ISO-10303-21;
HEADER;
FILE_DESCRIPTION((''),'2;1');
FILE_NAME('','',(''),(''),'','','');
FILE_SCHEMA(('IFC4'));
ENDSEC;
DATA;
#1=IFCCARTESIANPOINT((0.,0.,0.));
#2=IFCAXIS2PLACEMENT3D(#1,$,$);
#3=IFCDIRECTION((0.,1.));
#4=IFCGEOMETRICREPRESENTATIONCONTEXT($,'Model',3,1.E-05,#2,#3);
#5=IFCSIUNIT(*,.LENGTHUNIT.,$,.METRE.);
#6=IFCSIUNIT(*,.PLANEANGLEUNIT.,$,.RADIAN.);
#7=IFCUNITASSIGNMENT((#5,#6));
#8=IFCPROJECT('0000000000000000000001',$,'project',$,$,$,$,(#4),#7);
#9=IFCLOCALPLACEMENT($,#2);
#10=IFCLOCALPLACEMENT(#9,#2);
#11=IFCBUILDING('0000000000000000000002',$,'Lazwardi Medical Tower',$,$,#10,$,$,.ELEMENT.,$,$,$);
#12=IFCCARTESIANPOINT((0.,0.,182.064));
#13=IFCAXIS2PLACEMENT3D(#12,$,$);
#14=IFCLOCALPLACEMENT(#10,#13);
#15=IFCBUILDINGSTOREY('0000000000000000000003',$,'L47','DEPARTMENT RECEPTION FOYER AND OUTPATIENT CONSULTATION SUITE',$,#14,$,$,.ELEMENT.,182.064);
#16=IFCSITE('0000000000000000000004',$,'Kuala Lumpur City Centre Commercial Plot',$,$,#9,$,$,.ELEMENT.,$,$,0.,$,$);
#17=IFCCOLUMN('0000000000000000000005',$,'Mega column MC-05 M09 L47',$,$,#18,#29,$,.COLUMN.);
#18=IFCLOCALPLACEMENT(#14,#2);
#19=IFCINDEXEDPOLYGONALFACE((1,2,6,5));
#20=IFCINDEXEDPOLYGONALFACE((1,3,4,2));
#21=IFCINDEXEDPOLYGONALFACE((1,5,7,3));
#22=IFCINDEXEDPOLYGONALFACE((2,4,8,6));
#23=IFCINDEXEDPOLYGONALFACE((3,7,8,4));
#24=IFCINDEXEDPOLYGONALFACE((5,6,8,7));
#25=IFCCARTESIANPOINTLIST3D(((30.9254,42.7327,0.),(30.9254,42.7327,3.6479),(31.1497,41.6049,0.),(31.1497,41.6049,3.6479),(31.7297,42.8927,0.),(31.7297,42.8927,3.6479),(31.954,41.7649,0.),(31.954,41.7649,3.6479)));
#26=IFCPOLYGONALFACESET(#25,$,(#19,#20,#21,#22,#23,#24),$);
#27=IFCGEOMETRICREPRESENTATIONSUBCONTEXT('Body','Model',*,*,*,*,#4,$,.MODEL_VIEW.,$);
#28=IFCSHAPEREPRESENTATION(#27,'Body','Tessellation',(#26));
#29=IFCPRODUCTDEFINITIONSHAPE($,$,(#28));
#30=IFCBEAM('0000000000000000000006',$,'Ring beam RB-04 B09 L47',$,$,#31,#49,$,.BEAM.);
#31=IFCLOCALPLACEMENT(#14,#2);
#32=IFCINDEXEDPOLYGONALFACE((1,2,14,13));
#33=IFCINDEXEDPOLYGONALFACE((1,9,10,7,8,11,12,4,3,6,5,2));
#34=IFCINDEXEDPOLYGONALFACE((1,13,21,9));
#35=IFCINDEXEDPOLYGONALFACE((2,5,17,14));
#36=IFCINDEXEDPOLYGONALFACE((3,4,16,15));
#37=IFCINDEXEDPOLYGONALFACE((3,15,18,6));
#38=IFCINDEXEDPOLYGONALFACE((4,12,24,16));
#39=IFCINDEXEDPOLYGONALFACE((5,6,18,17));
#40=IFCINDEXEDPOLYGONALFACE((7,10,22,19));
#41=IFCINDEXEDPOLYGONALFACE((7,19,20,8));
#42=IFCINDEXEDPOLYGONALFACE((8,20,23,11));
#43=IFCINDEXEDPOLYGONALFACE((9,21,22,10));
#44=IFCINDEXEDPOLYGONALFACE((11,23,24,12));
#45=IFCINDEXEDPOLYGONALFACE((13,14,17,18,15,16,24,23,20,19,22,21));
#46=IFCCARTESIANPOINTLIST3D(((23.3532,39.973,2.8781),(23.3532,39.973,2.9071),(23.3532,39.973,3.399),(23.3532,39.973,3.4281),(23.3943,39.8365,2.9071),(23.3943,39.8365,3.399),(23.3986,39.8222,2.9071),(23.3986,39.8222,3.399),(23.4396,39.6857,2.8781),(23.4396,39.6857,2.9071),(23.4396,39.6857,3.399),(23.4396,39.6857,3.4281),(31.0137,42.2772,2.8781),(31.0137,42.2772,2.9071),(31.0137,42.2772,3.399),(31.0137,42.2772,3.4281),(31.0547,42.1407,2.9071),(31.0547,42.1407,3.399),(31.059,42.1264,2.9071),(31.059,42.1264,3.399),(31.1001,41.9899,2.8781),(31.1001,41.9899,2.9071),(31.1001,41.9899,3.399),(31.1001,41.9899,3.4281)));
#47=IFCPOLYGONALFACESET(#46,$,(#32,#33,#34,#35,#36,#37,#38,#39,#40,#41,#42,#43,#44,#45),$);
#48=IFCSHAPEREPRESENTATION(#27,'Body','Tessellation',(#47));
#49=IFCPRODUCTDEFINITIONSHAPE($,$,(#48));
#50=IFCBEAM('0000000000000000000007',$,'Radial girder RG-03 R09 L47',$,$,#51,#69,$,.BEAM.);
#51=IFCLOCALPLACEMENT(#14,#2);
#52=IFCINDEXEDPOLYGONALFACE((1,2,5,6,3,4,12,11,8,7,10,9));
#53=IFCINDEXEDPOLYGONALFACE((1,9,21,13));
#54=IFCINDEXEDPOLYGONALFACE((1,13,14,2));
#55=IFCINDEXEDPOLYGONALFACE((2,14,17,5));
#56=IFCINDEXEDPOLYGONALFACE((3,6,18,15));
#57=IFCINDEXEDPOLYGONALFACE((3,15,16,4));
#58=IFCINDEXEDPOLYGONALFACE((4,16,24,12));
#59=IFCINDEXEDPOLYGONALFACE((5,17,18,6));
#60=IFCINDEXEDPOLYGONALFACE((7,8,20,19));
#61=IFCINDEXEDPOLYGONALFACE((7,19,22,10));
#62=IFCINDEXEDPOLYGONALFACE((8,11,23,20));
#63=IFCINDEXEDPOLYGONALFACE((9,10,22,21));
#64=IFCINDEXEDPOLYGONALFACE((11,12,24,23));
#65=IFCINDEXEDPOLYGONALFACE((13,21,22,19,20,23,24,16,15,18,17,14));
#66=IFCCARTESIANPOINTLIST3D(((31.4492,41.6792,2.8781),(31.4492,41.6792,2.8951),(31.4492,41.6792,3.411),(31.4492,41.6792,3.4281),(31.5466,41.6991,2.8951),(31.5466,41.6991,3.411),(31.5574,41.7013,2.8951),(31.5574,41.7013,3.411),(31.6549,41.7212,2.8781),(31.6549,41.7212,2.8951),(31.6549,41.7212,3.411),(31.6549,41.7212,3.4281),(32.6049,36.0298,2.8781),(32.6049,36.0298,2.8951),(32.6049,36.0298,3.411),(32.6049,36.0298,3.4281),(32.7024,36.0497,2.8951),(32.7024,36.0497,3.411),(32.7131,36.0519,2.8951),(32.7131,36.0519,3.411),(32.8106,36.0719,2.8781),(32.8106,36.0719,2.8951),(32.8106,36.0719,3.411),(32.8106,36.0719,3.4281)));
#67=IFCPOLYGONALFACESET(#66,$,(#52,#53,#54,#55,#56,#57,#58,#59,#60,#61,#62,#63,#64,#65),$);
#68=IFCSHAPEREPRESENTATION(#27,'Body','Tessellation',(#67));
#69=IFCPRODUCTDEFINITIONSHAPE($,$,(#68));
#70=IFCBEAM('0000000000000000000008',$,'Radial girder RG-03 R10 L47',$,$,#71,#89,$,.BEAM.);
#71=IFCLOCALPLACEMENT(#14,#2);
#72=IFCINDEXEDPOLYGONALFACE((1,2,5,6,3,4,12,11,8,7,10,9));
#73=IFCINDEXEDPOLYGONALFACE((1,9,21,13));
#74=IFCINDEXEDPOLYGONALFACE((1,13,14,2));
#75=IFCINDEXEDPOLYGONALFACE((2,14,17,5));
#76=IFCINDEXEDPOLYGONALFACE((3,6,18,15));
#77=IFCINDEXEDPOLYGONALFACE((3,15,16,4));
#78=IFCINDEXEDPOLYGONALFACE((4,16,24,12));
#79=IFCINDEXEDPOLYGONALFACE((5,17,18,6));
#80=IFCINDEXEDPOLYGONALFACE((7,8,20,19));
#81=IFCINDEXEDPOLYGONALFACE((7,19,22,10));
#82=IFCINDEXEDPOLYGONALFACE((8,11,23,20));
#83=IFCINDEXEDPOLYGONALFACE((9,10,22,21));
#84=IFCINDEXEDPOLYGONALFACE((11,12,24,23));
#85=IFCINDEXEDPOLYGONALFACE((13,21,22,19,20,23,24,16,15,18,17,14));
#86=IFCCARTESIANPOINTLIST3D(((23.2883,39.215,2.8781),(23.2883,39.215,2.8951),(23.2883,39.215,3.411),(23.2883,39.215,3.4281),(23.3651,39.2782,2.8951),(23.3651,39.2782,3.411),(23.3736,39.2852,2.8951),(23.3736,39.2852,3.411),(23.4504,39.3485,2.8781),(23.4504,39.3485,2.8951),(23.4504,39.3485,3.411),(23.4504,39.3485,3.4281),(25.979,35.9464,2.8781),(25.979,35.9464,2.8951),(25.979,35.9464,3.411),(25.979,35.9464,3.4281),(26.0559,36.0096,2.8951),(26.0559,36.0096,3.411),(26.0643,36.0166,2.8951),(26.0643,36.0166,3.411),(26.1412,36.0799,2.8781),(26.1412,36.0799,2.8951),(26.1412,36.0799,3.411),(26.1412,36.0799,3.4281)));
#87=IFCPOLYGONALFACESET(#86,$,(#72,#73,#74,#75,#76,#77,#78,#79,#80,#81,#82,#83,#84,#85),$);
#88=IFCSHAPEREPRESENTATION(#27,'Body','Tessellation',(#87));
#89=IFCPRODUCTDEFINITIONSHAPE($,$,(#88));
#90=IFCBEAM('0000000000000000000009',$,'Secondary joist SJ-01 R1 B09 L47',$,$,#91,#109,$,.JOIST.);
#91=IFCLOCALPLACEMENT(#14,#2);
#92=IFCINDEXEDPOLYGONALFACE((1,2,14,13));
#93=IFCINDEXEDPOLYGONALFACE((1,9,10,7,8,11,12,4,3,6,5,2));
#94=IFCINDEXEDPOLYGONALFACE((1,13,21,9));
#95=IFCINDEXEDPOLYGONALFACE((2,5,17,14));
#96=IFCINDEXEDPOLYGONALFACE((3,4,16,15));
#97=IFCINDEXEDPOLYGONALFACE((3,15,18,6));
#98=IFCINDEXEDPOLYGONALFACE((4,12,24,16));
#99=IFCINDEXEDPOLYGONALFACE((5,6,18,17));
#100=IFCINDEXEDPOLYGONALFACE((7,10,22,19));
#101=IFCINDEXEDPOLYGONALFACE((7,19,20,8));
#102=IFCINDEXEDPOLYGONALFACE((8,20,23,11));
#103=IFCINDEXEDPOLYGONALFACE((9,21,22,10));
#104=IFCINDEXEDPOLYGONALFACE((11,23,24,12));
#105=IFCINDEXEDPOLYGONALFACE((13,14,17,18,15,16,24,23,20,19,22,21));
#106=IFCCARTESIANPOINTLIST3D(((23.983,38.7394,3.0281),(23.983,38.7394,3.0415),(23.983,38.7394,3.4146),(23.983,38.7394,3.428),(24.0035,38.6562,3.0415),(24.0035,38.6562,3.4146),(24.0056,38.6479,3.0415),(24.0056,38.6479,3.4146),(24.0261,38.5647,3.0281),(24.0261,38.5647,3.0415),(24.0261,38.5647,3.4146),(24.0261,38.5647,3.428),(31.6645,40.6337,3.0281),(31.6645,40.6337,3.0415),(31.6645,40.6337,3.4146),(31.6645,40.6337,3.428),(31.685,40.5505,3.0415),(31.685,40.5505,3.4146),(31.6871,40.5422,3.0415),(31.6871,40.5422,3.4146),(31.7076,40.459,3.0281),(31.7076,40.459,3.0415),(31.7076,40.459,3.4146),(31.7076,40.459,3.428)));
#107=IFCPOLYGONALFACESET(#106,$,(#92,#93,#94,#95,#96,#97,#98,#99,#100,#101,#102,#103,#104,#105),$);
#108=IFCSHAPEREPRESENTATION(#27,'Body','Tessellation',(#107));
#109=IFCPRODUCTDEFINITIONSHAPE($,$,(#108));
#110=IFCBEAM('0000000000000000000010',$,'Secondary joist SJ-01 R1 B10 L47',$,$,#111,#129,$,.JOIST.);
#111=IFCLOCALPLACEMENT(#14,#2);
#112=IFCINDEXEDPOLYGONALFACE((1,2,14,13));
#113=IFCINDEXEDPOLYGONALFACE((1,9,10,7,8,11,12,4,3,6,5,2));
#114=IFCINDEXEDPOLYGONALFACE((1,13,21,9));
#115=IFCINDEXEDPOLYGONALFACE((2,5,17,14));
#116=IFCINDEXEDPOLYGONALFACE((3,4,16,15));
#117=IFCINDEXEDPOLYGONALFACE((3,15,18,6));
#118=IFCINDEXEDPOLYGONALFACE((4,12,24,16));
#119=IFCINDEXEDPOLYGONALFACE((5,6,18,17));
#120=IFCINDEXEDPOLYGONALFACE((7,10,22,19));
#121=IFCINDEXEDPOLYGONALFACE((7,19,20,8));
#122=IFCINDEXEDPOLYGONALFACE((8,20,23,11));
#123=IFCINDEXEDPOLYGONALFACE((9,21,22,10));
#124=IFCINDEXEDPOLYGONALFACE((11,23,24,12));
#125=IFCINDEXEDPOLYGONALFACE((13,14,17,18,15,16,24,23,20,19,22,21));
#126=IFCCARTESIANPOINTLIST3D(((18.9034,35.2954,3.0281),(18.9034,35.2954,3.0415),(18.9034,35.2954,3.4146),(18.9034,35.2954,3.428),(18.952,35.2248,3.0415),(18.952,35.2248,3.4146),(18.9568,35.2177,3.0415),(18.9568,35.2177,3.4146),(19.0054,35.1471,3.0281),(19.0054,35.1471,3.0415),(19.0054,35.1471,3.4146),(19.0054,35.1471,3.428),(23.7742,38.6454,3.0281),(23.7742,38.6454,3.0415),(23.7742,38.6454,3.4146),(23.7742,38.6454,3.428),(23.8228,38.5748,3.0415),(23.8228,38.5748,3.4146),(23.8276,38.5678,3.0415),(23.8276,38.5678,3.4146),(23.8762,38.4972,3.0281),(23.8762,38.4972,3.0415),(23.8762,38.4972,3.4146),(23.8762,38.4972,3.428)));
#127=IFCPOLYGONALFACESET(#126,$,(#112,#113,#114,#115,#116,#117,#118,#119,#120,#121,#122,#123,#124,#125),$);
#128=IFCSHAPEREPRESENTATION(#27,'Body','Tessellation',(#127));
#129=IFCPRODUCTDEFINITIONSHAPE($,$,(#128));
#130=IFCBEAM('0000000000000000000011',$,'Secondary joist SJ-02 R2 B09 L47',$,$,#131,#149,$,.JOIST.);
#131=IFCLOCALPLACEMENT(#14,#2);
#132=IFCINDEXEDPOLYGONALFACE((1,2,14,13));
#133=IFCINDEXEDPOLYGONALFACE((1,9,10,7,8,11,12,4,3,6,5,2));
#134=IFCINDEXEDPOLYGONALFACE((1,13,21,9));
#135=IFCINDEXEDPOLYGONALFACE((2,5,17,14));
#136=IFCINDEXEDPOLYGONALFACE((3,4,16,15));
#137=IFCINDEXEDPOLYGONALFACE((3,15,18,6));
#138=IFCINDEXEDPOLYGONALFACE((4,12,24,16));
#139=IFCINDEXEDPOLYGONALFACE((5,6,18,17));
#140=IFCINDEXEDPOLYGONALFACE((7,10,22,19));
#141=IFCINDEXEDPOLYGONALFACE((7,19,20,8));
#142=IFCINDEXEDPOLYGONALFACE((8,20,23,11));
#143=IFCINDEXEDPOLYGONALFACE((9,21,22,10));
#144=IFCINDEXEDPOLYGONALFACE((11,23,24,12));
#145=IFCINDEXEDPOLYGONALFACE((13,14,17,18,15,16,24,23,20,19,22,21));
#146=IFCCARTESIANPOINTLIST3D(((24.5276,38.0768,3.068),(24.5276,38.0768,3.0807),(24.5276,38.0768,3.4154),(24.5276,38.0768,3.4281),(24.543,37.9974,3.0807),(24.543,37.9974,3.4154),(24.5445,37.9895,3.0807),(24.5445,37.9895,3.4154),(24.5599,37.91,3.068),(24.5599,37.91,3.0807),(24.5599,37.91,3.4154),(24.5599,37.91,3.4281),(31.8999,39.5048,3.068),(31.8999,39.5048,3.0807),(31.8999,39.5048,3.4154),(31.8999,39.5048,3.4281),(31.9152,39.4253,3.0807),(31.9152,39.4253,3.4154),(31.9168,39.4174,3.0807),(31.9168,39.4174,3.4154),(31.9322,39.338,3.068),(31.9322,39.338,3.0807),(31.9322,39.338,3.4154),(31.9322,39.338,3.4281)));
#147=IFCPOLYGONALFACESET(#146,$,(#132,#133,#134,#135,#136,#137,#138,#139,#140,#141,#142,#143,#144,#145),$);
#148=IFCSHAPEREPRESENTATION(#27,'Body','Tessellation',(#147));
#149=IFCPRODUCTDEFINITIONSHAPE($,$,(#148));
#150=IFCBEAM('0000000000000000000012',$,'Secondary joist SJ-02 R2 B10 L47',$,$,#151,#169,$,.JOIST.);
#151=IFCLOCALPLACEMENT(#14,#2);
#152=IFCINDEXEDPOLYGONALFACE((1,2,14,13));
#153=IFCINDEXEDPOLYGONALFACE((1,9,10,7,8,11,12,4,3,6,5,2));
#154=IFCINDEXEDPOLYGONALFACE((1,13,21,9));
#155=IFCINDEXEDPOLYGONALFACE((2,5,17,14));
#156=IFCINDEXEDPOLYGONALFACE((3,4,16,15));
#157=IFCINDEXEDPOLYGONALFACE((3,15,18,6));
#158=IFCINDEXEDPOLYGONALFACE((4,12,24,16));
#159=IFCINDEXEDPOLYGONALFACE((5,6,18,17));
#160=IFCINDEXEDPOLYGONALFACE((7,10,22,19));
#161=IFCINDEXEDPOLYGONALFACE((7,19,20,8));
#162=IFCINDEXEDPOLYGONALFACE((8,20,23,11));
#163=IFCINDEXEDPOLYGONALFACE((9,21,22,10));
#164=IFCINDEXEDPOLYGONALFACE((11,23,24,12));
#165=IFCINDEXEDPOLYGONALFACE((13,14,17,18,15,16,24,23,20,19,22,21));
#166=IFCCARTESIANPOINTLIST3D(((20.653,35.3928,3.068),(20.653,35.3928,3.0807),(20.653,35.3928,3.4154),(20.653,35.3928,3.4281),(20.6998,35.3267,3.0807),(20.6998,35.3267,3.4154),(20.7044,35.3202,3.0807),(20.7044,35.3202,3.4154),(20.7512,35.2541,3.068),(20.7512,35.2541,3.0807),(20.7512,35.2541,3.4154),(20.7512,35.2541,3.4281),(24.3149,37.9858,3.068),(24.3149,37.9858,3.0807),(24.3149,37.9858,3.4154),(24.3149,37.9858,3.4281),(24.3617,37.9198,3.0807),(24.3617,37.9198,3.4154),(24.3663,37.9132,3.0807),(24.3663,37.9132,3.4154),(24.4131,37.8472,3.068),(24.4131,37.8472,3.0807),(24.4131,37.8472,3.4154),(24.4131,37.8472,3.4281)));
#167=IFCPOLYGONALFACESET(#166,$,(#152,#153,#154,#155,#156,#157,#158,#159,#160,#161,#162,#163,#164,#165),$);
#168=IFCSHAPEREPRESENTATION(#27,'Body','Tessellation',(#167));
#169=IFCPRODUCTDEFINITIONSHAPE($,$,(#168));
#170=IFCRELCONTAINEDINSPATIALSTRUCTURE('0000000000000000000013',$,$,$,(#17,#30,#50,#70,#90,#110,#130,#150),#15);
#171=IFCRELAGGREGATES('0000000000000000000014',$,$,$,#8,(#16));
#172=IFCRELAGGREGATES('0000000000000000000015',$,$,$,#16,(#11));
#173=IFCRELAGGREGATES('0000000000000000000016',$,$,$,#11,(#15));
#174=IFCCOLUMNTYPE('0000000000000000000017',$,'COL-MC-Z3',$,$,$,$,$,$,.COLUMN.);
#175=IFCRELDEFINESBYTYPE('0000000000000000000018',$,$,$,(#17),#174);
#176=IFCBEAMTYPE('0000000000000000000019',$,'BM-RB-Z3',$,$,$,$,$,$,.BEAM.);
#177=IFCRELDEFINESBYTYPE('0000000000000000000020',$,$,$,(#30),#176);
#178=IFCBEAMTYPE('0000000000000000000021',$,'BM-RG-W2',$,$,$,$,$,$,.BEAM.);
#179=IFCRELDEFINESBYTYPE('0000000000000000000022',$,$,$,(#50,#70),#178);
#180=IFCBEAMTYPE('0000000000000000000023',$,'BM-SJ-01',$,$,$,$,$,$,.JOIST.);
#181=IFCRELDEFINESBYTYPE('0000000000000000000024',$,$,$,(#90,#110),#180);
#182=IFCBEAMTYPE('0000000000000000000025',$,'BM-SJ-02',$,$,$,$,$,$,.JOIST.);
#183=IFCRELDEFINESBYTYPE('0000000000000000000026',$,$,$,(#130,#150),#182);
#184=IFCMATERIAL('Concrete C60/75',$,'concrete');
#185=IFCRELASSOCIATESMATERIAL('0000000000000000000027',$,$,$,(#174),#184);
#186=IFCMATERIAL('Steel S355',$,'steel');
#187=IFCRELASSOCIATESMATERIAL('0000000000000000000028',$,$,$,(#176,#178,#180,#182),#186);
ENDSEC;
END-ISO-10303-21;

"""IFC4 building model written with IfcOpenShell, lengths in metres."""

from ifc_helpers import new_model, si_unit, direction, frame, origin, origin_2d, place, context, subcontext, project, spatial, rectangle, i_section, extrude, material, material_profile, profile_set, type_object, element, save


model = new_model("IFC4")

# Units and contexts
model_context = context("Model", 3, precision=1e-05, world=origin(), true_north=direction((0.0, 1.0)))
body_context = subcontext(model_context, "Body", "Model", "MODEL_VIEW")
ifc_project = project(units=[si_unit("LENGTHUNIT", "METRE"), si_unit("PLANEANGLEUNIT", "RADIAN")], contexts=[model_context])

# Site, building, storey
site_placement = place(None, origin())
site = spatial("IfcSite", under=ifc_project, at=site_placement, Name="Kuala Lumpur City Centre Commercial Plot", CompositionType="ELEMENT", RefElevation=0.0)
building_placement = place(site_placement, origin())
building = spatial("IfcBuilding", under=site, at=building_placement, Name="Lazwardi Medical Tower", CompositionType="ELEMENT")
storey_placement = place(building_placement, frame((0.0, 0.0, 182.064)))
storey = spatial("IfcBuildingStorey", under=building, at=storey_placement, Name="L47", Description="DEPARTMENT RECEPTION FOYER AND OUTPATIENT CONSULTATION SUITE", CompositionType="ELEMENT", Elevation=182.064)

# Column
ifc_material_1 = material(Name="Concrete C60/75", Category="concrete")
ifc_material_profile_1 = material_profile(ifc_material_1, rectangle(XDim=1.1499, YDim=0.8201, at=origin_2d()), Name="CFT-RECT 1150x820")
ifc_profile_set_1 = profile_set([ifc_material_profile_1], Name="Concrete C60/75")
column_type = type_object("IfcColumnType", Name="COL-MC-Z3", PredefinedType="COLUMN", material=ifc_profile_set_1)
column_placement = place(storey_placement, frame((31.4397, 42.2488, 0.0), z_axis=(0.0, 0.0, 1.0), x_axis=(-0.19509, 0.980785, 0.0)))
element("IfcColumn", 1, at=column_placement, inside=storey, type_object=column_type, Name="Mega column MC-05 M09 L47", PredefinedType="COLUMN", context=body_context, shape_type="SweptSolid", body=[
    extrude(rectangle(XDim=1.1499, YDim=0.8201, at=origin_2d()), origin(), (0.0, 0.0, 1.0), 3.6479),
])

# Beams
ifc_material_2 = material(Name="Steel S355", Category="steel")
ifc_material_profile_2 = material_profile(ifc_material_2, i_section(OverallWidth=0.3, OverallDepth=0.55, WebThickness=0.0149, FlangeThickness=0.0291, at=origin_2d()), Name="HEB 550")
ifc_profile_set_2 = profile_set([ifc_material_profile_2], Name="Steel S355")
beam_type_1 = type_object("IfcBeamType", Name="BM-RB-Z3", PredefinedType="BEAM", material=ifc_profile_set_2)
beam_1_placement = place(storey_placement, frame((31.0569, 42.1335, 3.1531), z_axis=(-0.957617, -0.288045, 0.0), x_axis=(0.288045, -0.957617, 0.0)))
element("IfcBeam", 2, at=beam_1_placement, inside=storey, type_object=beam_type_1, Name="Ring beam RB-04 B09 L47", PredefinedType="BEAM", context=body_context, shape_type="SweptSolid", body=[
    extrude(i_section(OverallWidth=0.3, OverallDepth=0.55, WebThickness=0.0149, FlangeThickness=0.0291, at=origin_2d()), origin(), (0.0, 0.0, 1.0), 7.9995),
])
ifc_material_profile_3 = material_profile(ifc_material_2, i_section(OverallWidth=0.21, OverallDepth=0.55, WebThickness=0.011, FlangeThickness=0.0171, at=origin_2d()), Name="IPE 550")
ifc_profile_set_3 = profile_set([ifc_material_profile_3], Name="Steel S355")
beam_type_2 = type_object("IfcBeamType", Name="BM-RG-W2", PredefinedType="BEAM", material=ifc_profile_set_3)
beam_2_placement = place(storey_placement, frame((31.552, 41.7002, 3.1531), z_axis=(0.200429, -0.979708, 0.0), x_axis=(0.979708, 0.200429, 0.0)))
element("IfcBeam", 3, at=beam_2_placement, inside=storey, type_object=beam_type_2, Name="Radial girder RG-03 R09 L47", PredefinedType="BEAM", context=body_context, shape_type="SweptSolid", body=[
    extrude(i_section(OverallWidth=0.21, OverallDepth=0.55, WebThickness=0.011, FlangeThickness=0.0171, at=origin_2d()), origin(), (0.0, 0.0, 1.0), 5.7664),
])
beam_3_placement = place(storey_placement, frame((23.3694, 39.2817, 3.1531), z_axis=(0.635556, -0.772055, 0.0), x_axis=(0.772055, 0.635556, 0.0)))
element("IfcBeam", 4, at=beam_3_placement, inside=storey, type_object=beam_type_2, Name="Radial girder RG-03 R10 L47", PredefinedType="BEAM", context=body_context, shape_type="SweptSolid", body=[
    extrude(i_section(OverallWidth=0.21, OverallDepth=0.55, WebThickness=0.011, FlangeThickness=0.0171, at=origin_2d()), origin(), (0.0, 0.0, 1.0), 4.2336),
])
ifc_material_profile_4 = material_profile(ifc_material_2, i_section(OverallWidth=0.1799, OverallDepth=0.3999, WebThickness=0.0085, FlangeThickness=0.0134, at=origin_2d()), Name="IPE 400")
ifc_profile_set_4 = profile_set([ifc_material_profile_4], Name="Steel S355")
beam_type_3 = type_object("IfcBeamType", Name="BM-SJ-01", PredefinedType="JOIST", material=ifc_profile_set_4)
beam_4_placement = place(storey_placement, frame((31.686, 40.5464, 3.228), z_axis=(-0.970913, -0.239434, 0.0), x_axis=(0.239434, -0.970913, 0.0)))
element("IfcBeam", 5, at=beam_4_placement, inside=storey, type_object=beam_type_3, Name="Secondary joist SJ-01 R1 B09 L47", PredefinedType="JOIST", context=body_context, shape_type="SweptSolid", body=[
    extrude(i_section(OverallWidth=0.1799, OverallDepth=0.3999, WebThickness=0.0085, FlangeThickness=0.0134, at=origin_2d()), origin(), (0.0, 0.0, 1.0), 7.9116),
])
beam_5_placement = place(storey_placement, frame((23.8252, 38.5713, 3.228), z_axis=(-0.823932, -0.566688, 0.0), x_axis=(0.566688, -0.823932, 0.0)))
element("IfcBeam", 6, at=beam_5_placement, inside=storey, type_object=beam_type_3, Name="Secondary joist SJ-01 R1 B10 L47", PredefinedType="JOIST", context=body_context, shape_type="SweptSolid", body=[
    extrude(i_section(OverallWidth=0.1799, OverallDepth=0.3999, WebThickness=0.0085, FlangeThickness=0.0134, at=origin_2d()), origin(), (0.0, 0.0, 1.0), 5.9116),
])
ifc_material_profile_5 = material_profile(ifc_material_2, i_section(OverallWidth=0.1699, OverallDepth=0.3601, WebThickness=0.0081, FlangeThickness=0.0127, at=origin_2d()), Name="IPE 360")
ifc_profile_set_5 = profile_set([ifc_material_profile_5], Name="Steel S355")
beam_type_4 = type_object("IfcBeamType", Name="BM-SJ-02", PredefinedType="JOIST", material=ifc_profile_set_5)
beam_6_placement = place(storey_placement, frame((31.916, 39.4214, 3.248), z_axis=(-0.981753, -0.19016, 0.0), x_axis=(0.19016, -0.981753, 0.0)))
element("IfcBeam", 7, at=beam_6_placement, inside=storey, type_object=beam_type_4, Name="Secondary joist SJ-02 R2 B09 L47", PredefinedType="JOIST", context=body_context, shape_type="SweptSolid", body=[
    extrude(i_section(OverallWidth=0.1699, OverallDepth=0.3601, WebThickness=0.0081, FlangeThickness=0.0127, at=origin_2d()), origin(), (0.0, 0.0, 1.0), 7.5093),
])
beam_7_placement = place(storey_placement, frame((24.364, 37.9165, 3.248), z_axis=(-0.816109, -0.577898, 0.0), x_axis=(0.577898, -0.816109, 0.0)))
element("IfcBeam", 8, at=beam_7_placement, inside=storey, type_object=beam_type_4, Name="Secondary joist SJ-02 R2 B10 L47", PredefinedType="JOIST", context=body_context, shape_type="SweptSolid", body=[
    extrude(i_section(OverallWidth=0.1699, OverallDepth=0.3601, WebThickness=0.0081, FlangeThickness=0.0127, at=origin_2d()), origin(), (0.0, 0.0, 1.0), 4.4871),
])

save(model, "model.ifc")
